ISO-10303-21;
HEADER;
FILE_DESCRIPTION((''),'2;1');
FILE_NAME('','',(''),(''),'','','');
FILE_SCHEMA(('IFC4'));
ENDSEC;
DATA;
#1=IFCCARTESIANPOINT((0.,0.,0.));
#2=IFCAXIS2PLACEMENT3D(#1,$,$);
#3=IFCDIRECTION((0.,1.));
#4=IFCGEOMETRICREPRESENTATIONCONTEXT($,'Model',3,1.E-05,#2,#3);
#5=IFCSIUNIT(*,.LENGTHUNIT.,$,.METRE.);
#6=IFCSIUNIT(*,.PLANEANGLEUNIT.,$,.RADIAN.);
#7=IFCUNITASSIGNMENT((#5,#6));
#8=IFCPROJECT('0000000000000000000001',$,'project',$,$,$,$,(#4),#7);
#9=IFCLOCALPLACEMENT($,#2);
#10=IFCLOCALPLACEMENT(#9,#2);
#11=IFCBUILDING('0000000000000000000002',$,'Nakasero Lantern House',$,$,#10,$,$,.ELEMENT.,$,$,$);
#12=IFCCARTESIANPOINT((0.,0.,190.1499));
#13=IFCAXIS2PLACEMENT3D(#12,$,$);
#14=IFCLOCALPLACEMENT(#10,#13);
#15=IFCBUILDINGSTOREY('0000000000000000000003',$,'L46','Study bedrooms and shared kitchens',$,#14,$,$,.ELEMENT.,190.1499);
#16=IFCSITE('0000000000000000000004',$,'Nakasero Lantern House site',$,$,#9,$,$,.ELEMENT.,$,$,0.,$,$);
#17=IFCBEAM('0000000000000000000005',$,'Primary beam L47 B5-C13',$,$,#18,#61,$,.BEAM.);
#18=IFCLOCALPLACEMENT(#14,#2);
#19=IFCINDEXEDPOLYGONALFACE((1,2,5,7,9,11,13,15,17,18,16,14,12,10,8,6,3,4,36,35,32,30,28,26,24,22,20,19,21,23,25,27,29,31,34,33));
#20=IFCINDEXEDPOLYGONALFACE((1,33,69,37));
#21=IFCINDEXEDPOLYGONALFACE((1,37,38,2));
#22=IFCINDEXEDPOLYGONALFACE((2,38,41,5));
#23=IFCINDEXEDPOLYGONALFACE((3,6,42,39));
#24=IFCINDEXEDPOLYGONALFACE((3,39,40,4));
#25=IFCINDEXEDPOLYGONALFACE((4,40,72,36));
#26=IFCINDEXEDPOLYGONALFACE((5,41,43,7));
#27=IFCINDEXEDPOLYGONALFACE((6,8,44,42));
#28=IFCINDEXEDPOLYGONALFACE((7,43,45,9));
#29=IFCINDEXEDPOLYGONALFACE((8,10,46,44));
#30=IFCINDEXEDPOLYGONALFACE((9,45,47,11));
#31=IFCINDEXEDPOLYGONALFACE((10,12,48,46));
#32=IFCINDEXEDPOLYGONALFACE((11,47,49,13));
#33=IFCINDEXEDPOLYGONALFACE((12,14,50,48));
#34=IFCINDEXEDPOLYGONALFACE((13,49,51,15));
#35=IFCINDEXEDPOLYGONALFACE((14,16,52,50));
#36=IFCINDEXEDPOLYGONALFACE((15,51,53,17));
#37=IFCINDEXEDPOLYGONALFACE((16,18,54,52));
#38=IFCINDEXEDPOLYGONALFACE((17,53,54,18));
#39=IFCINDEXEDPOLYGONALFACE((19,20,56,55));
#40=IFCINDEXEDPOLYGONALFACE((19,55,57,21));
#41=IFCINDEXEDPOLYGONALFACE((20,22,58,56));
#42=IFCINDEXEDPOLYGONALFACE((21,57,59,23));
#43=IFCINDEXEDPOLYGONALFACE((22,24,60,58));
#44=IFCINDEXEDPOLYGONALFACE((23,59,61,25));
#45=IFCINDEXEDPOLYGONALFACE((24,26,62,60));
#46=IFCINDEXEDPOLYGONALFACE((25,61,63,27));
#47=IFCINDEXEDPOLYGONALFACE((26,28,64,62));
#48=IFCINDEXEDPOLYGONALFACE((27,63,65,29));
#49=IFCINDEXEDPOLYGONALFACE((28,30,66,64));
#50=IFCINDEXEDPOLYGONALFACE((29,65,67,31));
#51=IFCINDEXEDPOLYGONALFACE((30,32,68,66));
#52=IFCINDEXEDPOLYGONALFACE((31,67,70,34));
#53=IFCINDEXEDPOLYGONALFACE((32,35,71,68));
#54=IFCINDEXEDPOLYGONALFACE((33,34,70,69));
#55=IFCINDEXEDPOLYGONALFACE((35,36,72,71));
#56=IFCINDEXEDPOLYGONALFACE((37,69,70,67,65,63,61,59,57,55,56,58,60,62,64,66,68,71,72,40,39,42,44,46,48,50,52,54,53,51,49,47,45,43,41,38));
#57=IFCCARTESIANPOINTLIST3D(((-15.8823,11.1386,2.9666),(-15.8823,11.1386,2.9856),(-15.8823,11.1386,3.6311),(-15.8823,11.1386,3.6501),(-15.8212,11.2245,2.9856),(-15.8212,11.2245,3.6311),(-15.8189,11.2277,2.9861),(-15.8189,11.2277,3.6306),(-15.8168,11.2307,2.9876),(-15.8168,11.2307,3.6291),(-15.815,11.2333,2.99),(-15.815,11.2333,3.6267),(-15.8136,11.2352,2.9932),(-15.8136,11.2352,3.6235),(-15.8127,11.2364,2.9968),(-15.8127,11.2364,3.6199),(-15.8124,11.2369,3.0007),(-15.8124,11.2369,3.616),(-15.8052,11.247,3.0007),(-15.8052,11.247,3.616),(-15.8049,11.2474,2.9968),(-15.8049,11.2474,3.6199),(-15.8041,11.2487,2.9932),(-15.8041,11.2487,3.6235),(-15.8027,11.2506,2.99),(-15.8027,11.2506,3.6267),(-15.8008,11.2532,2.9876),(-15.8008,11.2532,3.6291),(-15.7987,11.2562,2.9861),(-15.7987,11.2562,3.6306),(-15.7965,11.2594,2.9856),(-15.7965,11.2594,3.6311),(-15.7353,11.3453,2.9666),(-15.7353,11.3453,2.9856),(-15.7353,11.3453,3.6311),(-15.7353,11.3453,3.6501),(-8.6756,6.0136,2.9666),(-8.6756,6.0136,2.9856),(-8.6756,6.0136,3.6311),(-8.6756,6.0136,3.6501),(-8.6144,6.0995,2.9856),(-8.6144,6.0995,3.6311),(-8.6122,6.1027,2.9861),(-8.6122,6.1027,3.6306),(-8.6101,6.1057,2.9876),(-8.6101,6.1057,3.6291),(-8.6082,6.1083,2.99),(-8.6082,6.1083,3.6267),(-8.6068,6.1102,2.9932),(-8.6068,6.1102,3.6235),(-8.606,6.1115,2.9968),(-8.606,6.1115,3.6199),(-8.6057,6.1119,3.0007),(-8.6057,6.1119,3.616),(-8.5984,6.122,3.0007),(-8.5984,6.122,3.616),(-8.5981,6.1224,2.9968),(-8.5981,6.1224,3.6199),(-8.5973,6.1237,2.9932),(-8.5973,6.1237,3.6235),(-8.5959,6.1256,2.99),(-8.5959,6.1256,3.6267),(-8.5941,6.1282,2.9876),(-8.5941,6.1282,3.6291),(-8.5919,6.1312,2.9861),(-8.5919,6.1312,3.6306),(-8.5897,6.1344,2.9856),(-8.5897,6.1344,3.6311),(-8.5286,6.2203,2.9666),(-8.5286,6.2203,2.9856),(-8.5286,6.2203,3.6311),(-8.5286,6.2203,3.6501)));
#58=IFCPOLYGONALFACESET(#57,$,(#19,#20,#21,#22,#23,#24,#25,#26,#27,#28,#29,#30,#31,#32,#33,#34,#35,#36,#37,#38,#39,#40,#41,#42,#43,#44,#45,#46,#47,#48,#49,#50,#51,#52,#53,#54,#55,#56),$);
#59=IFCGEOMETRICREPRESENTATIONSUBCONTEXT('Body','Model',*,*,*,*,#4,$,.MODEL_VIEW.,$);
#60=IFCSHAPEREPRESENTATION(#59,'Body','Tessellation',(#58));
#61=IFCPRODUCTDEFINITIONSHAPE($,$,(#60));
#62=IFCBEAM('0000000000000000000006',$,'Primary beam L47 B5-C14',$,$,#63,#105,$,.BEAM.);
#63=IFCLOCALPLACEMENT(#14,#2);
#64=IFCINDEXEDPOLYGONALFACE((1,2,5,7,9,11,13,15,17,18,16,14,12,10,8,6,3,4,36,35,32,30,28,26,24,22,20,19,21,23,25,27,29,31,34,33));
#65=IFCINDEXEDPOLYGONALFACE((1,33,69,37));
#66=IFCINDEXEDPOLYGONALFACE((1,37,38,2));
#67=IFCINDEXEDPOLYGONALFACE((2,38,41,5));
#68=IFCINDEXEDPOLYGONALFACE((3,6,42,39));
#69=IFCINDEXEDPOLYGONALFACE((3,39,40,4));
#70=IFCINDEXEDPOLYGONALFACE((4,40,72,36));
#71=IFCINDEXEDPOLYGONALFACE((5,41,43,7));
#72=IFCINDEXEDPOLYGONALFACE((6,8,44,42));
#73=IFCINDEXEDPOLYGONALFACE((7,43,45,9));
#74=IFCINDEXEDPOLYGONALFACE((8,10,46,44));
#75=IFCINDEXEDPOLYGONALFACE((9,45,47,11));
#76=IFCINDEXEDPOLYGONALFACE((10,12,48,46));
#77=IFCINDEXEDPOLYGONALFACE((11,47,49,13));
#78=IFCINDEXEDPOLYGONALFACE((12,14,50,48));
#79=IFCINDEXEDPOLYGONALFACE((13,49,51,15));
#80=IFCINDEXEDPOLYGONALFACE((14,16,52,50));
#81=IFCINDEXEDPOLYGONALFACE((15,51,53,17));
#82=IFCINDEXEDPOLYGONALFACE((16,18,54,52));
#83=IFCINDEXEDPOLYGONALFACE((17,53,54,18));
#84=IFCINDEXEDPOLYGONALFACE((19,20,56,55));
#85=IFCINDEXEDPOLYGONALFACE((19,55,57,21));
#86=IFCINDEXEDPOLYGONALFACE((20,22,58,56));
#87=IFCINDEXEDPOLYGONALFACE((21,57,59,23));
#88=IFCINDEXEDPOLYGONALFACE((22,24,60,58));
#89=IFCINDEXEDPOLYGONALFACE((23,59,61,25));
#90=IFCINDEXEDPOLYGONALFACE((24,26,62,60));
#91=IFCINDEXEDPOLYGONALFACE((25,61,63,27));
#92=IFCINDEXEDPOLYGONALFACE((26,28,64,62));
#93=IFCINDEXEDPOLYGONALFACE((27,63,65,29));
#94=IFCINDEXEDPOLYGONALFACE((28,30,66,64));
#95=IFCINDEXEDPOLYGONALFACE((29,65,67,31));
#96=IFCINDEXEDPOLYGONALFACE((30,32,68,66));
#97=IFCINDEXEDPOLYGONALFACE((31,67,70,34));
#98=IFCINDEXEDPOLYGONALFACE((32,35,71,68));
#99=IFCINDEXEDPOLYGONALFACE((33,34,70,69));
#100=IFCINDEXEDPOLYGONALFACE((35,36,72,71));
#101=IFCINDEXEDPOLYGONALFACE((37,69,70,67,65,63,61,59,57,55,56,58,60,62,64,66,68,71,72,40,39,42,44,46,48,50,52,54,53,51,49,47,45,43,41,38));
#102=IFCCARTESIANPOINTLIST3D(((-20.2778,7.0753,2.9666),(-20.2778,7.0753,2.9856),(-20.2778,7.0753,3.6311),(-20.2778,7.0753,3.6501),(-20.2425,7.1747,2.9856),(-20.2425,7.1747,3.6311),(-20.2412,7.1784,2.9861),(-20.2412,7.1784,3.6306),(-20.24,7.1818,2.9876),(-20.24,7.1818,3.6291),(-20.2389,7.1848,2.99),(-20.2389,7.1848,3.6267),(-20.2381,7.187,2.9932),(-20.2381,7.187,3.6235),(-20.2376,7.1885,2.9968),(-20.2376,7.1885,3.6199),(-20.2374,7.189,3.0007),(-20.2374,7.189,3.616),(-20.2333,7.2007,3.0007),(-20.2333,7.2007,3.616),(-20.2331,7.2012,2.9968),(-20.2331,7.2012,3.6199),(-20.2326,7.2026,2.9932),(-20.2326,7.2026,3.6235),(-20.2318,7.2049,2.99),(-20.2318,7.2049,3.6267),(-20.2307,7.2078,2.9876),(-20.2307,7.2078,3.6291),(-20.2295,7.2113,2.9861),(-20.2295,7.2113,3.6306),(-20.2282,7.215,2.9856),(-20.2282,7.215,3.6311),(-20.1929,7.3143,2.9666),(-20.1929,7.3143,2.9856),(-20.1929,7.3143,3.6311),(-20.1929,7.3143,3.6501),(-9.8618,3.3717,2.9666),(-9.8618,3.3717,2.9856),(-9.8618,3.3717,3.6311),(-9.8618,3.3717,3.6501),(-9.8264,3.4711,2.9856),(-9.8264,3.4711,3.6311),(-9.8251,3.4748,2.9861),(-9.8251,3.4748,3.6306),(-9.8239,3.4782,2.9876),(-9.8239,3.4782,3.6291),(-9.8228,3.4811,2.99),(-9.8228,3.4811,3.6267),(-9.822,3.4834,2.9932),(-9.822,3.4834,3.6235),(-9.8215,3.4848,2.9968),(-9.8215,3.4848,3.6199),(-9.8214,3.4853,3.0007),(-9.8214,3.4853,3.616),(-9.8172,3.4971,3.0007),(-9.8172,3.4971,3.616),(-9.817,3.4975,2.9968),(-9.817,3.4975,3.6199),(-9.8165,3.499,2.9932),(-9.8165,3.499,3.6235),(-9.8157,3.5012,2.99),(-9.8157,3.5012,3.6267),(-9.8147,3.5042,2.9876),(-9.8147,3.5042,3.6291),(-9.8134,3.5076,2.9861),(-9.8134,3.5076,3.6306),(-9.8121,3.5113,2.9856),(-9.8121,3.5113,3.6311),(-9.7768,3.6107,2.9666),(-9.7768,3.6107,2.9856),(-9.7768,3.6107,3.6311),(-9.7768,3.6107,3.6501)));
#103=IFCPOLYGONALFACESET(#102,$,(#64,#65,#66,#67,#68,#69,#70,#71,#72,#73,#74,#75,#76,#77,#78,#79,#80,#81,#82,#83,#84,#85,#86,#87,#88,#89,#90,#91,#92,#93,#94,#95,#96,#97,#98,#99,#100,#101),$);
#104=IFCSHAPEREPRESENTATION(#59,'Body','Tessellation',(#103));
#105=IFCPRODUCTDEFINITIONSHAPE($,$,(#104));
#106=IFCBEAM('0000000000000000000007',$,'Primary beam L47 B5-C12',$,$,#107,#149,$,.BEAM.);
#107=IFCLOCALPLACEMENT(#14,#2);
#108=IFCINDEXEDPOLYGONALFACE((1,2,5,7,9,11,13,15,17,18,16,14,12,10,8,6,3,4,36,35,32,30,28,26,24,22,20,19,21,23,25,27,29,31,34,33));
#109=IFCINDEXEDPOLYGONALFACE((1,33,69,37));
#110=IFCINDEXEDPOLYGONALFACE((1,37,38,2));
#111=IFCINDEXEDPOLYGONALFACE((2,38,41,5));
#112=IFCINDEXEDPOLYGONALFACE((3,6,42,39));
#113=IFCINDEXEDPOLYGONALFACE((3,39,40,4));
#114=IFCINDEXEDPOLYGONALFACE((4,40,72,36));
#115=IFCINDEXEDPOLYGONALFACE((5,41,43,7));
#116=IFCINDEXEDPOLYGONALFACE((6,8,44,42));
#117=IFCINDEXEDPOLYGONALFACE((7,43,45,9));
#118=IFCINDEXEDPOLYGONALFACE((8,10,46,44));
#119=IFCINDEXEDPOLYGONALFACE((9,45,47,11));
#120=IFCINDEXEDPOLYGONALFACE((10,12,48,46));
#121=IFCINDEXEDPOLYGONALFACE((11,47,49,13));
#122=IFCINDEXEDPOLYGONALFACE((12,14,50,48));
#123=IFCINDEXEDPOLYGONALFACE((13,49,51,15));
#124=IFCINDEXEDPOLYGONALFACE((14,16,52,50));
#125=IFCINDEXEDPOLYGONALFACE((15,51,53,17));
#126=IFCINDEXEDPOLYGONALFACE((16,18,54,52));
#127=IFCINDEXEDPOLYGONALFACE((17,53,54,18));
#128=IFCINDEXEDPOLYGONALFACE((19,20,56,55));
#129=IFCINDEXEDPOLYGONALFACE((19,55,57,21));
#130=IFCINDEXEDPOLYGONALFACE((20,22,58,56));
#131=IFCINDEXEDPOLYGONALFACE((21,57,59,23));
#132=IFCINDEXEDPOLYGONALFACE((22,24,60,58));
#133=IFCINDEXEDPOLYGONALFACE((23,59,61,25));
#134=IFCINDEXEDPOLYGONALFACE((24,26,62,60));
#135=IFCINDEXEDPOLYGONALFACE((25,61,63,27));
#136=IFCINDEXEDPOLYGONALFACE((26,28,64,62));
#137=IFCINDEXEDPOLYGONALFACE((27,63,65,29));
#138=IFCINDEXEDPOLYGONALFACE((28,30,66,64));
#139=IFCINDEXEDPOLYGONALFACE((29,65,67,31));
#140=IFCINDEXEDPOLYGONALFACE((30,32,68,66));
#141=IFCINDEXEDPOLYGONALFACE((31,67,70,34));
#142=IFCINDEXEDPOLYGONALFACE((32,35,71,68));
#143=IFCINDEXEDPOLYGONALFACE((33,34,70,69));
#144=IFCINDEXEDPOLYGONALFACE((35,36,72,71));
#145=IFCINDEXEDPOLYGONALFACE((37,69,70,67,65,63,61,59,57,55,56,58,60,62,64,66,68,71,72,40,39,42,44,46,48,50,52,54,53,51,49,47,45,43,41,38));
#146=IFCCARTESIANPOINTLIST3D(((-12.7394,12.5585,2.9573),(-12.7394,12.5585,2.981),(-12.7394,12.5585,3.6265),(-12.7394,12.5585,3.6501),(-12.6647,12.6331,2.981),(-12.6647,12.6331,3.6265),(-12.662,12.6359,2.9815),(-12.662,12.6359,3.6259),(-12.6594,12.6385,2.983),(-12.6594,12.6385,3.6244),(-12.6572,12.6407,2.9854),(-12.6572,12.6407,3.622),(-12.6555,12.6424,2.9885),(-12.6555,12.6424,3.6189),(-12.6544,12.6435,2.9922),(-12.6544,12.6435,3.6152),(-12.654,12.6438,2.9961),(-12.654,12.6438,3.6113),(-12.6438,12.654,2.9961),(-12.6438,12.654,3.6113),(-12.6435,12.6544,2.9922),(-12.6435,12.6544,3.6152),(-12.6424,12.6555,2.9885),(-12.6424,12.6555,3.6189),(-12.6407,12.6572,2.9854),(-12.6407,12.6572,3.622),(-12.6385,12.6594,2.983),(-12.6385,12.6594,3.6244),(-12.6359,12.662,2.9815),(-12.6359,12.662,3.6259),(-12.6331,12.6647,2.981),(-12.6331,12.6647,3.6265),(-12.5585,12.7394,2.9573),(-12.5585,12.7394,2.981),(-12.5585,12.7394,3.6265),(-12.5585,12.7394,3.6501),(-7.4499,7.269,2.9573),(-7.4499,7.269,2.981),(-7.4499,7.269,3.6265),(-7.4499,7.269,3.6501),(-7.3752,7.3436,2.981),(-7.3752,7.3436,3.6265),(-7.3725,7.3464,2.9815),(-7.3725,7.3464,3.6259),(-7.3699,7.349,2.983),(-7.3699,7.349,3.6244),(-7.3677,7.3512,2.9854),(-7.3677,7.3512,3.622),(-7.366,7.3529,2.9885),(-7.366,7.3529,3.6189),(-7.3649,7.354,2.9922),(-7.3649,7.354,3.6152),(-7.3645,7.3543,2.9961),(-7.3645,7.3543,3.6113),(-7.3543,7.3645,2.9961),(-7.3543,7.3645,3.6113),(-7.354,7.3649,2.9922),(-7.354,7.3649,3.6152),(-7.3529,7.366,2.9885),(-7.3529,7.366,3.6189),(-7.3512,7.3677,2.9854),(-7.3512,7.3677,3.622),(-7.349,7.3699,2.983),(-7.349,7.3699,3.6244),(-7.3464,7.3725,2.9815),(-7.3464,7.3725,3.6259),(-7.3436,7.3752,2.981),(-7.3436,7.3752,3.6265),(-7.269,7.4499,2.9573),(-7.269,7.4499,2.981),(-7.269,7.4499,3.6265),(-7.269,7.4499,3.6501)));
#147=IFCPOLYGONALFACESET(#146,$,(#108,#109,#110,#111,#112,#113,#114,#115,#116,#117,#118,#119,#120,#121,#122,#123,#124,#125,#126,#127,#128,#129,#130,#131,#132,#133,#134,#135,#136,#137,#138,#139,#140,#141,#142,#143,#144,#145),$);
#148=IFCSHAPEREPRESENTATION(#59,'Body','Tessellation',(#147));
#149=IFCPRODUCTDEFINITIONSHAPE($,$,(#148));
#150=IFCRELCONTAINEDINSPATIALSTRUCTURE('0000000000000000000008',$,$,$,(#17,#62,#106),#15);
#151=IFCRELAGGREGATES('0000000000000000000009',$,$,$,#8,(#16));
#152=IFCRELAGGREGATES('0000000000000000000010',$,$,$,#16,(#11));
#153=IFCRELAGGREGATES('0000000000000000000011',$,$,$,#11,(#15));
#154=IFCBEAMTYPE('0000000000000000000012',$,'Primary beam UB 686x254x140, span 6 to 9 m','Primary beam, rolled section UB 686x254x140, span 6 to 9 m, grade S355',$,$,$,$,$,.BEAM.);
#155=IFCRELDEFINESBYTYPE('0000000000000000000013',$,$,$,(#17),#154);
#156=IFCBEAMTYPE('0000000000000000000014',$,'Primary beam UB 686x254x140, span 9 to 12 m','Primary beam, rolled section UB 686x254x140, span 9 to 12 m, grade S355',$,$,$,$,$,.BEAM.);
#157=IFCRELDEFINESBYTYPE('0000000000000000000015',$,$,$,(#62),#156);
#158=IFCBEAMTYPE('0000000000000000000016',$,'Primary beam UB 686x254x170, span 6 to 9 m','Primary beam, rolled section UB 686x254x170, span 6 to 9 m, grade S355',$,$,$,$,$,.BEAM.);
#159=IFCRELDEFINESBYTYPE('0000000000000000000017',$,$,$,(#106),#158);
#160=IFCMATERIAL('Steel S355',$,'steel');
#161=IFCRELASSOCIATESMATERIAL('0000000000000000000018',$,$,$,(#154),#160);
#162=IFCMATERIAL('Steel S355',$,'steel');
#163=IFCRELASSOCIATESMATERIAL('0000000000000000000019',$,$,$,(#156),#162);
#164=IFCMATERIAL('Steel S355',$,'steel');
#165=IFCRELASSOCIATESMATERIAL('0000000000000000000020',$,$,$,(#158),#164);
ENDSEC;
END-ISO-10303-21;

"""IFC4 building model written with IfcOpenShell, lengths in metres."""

from ifc_helpers import new_model, si_unit, direction, frame, origin, origin_2d, place, context, subcontext, project, spatial, i_section, extrude, material, material_profile, profile_set, type_object, element, save


model = new_model("IFC4")

# Units and contexts
model_context = context("Model", 3, precision=1e-05, world=origin(), true_north=direction((0.0, 1.0)))
body_context = subcontext(model_context, "Body", "Model", "MODEL_VIEW")
ifc_project = project(units=[si_unit("LENGTHUNIT", "METRE"), si_unit("PLANEANGLEUNIT", "RADIAN")], contexts=[model_context])

# Site, building, storey
site_placement = place(None, origin())
site = spatial("IfcSite", under=ifc_project, at=site_placement, Name="Nakasero Lantern House site", CompositionType="ELEMENT", RefElevation=0.0)
building_placement = place(site_placement, origin())
building = spatial("IfcBuilding", under=site, at=building_placement, Name="Nakasero Lantern House", CompositionType="ELEMENT")
storey_placement = place(building_placement, frame((0.0, 0.0, 190.1499)))
storey = spatial("IfcBuildingStorey", under=building, at=storey_placement, Name="L46", Description="Study bedrooms and shared kitchens", CompositionType="ELEMENT", Elevation=190.1499)

# Beams
ifc_material_1 = material(Name="Steel S355", Category="steel")
ifc_material_profile_1 = material_profile(ifc_material_1, i_section(OverallWidth=0.2537, OverallDepth=0.6836, WebThickness=0.0125, FlangeThickness=0.019, FilletRadius=0.0151, at=origin_2d()), Name="UB 686x254x140")
ifc_profile_set_1 = profile_set([ifc_material_profile_1], Name="Steel S355")
beam_type_1 = type_object("IfcBeamType", Name="Primary beam UB 686x254x140, span 6 to 9 m", Description="Primary beam, rolled section UB 686x254x140, span 6 to 9 m, grade S355", PredefinedType="BEAM", material=ifc_profile_set_1)
beam_1_placement = place(storey_placement, frame((-15.8088, 11.2419, 3.3083), z_axis=(0.814946, -0.579537, 0.0), x_axis=(0.579537, 0.814946, 0.0)))
element("IfcBeam", 1, at=beam_1_placement, inside=storey, type_object=beam_type_1, Name="Primary beam L47 B5-C13", PredefinedType="BEAM", context=body_context, shape_type="SweptSolid", body=[
    extrude(i_section(OverallWidth=0.2537, OverallDepth=0.6836, WebThickness=0.0125, FlangeThickness=0.019, FilletRadius=0.0151, at=origin_2d()), origin(), (0.0, 0.0, 1.0), 8.8433),
])
ifc_material_2 = material(Name="Steel S355", Category="steel")
ifc_material_profile_2 = material_profile(ifc_material_2, i_section(OverallWidth=0.2537, OverallDepth=0.6836, WebThickness=0.0125, FlangeThickness=0.019, FilletRadius=0.0151, at=origin_2d()), Name="UB 686x254x140")
ifc_profile_set_2 = profile_set([ifc_material_profile_2], Name="Steel S355")
beam_type_2 = type_object("IfcBeamType", Name="Primary beam UB 686x254x140, span 9 to 12 m", Description="Primary beam, rolled section UB 686x254x140, span 9 to 12 m, grade S355", PredefinedType="BEAM", material=ifc_profile_set_2)
beam_2_placement = place(storey_placement, frame((-20.2354, 7.1948, 3.3083), z_axis=(0.942211, -0.335021, 0.0), x_axis=(0.335021, 0.942211, 0.0)))
element("IfcBeam", 2, at=beam_2_placement, inside=storey, type_object=beam_type_2, Name="Primary beam L47 B5-C14", PredefinedType="BEAM", context=body_context, shape_type="SweptSolid", body=[
    extrude(i_section(OverallWidth=0.2537, OverallDepth=0.6836, WebThickness=0.0125, FlangeThickness=0.019, FilletRadius=0.0151, at=origin_2d()), origin(), (0.0, 0.0, 1.0), 11.0549),
])
ifc_material_3 = material(Name="Steel S355", Category="steel")
ifc_material_profile_3 = material_profile(ifc_material_3, i_section(OverallWidth=0.2559, OverallDepth=0.6929, WebThickness=0.0144, FlangeThickness=0.0237, FilletRadius=0.0151, at=origin_2d()), Name="UB 686x254x170")
ifc_profile_set_3 = profile_set([ifc_material_profile_3], Name="Steel S355")
beam_type_3 = type_object("IfcBeamType", Name="Primary beam UB 686x254x170, span 6 to 9 m", Description="Primary beam, rolled section UB 686x254x170, span 6 to 9 m, grade S355", PredefinedType="BEAM", material=ifc_profile_set_3)
beam_3_placement = place(storey_placement, frame((-12.6489, 12.6489, 3.3037), z_axis=(0.707107, -0.707107, 0.0), x_axis=(0.707107, 0.707107, 0.0)))
element("IfcBeam", 3, at=beam_3_placement, inside=storey, type_object=beam_type_3, Name="Primary beam L47 B5-C12", PredefinedType="BEAM", context=body_context, shape_type="SweptSolid", body=[
    extrude(i_section(OverallWidth=0.2559, OverallDepth=0.6929, WebThickness=0.0144, FlangeThickness=0.0237, FilletRadius=0.0151, at=origin_2d()), origin(), (0.0, 0.0, 1.0), 7.4805),
])

save(model, "model.ifc")
